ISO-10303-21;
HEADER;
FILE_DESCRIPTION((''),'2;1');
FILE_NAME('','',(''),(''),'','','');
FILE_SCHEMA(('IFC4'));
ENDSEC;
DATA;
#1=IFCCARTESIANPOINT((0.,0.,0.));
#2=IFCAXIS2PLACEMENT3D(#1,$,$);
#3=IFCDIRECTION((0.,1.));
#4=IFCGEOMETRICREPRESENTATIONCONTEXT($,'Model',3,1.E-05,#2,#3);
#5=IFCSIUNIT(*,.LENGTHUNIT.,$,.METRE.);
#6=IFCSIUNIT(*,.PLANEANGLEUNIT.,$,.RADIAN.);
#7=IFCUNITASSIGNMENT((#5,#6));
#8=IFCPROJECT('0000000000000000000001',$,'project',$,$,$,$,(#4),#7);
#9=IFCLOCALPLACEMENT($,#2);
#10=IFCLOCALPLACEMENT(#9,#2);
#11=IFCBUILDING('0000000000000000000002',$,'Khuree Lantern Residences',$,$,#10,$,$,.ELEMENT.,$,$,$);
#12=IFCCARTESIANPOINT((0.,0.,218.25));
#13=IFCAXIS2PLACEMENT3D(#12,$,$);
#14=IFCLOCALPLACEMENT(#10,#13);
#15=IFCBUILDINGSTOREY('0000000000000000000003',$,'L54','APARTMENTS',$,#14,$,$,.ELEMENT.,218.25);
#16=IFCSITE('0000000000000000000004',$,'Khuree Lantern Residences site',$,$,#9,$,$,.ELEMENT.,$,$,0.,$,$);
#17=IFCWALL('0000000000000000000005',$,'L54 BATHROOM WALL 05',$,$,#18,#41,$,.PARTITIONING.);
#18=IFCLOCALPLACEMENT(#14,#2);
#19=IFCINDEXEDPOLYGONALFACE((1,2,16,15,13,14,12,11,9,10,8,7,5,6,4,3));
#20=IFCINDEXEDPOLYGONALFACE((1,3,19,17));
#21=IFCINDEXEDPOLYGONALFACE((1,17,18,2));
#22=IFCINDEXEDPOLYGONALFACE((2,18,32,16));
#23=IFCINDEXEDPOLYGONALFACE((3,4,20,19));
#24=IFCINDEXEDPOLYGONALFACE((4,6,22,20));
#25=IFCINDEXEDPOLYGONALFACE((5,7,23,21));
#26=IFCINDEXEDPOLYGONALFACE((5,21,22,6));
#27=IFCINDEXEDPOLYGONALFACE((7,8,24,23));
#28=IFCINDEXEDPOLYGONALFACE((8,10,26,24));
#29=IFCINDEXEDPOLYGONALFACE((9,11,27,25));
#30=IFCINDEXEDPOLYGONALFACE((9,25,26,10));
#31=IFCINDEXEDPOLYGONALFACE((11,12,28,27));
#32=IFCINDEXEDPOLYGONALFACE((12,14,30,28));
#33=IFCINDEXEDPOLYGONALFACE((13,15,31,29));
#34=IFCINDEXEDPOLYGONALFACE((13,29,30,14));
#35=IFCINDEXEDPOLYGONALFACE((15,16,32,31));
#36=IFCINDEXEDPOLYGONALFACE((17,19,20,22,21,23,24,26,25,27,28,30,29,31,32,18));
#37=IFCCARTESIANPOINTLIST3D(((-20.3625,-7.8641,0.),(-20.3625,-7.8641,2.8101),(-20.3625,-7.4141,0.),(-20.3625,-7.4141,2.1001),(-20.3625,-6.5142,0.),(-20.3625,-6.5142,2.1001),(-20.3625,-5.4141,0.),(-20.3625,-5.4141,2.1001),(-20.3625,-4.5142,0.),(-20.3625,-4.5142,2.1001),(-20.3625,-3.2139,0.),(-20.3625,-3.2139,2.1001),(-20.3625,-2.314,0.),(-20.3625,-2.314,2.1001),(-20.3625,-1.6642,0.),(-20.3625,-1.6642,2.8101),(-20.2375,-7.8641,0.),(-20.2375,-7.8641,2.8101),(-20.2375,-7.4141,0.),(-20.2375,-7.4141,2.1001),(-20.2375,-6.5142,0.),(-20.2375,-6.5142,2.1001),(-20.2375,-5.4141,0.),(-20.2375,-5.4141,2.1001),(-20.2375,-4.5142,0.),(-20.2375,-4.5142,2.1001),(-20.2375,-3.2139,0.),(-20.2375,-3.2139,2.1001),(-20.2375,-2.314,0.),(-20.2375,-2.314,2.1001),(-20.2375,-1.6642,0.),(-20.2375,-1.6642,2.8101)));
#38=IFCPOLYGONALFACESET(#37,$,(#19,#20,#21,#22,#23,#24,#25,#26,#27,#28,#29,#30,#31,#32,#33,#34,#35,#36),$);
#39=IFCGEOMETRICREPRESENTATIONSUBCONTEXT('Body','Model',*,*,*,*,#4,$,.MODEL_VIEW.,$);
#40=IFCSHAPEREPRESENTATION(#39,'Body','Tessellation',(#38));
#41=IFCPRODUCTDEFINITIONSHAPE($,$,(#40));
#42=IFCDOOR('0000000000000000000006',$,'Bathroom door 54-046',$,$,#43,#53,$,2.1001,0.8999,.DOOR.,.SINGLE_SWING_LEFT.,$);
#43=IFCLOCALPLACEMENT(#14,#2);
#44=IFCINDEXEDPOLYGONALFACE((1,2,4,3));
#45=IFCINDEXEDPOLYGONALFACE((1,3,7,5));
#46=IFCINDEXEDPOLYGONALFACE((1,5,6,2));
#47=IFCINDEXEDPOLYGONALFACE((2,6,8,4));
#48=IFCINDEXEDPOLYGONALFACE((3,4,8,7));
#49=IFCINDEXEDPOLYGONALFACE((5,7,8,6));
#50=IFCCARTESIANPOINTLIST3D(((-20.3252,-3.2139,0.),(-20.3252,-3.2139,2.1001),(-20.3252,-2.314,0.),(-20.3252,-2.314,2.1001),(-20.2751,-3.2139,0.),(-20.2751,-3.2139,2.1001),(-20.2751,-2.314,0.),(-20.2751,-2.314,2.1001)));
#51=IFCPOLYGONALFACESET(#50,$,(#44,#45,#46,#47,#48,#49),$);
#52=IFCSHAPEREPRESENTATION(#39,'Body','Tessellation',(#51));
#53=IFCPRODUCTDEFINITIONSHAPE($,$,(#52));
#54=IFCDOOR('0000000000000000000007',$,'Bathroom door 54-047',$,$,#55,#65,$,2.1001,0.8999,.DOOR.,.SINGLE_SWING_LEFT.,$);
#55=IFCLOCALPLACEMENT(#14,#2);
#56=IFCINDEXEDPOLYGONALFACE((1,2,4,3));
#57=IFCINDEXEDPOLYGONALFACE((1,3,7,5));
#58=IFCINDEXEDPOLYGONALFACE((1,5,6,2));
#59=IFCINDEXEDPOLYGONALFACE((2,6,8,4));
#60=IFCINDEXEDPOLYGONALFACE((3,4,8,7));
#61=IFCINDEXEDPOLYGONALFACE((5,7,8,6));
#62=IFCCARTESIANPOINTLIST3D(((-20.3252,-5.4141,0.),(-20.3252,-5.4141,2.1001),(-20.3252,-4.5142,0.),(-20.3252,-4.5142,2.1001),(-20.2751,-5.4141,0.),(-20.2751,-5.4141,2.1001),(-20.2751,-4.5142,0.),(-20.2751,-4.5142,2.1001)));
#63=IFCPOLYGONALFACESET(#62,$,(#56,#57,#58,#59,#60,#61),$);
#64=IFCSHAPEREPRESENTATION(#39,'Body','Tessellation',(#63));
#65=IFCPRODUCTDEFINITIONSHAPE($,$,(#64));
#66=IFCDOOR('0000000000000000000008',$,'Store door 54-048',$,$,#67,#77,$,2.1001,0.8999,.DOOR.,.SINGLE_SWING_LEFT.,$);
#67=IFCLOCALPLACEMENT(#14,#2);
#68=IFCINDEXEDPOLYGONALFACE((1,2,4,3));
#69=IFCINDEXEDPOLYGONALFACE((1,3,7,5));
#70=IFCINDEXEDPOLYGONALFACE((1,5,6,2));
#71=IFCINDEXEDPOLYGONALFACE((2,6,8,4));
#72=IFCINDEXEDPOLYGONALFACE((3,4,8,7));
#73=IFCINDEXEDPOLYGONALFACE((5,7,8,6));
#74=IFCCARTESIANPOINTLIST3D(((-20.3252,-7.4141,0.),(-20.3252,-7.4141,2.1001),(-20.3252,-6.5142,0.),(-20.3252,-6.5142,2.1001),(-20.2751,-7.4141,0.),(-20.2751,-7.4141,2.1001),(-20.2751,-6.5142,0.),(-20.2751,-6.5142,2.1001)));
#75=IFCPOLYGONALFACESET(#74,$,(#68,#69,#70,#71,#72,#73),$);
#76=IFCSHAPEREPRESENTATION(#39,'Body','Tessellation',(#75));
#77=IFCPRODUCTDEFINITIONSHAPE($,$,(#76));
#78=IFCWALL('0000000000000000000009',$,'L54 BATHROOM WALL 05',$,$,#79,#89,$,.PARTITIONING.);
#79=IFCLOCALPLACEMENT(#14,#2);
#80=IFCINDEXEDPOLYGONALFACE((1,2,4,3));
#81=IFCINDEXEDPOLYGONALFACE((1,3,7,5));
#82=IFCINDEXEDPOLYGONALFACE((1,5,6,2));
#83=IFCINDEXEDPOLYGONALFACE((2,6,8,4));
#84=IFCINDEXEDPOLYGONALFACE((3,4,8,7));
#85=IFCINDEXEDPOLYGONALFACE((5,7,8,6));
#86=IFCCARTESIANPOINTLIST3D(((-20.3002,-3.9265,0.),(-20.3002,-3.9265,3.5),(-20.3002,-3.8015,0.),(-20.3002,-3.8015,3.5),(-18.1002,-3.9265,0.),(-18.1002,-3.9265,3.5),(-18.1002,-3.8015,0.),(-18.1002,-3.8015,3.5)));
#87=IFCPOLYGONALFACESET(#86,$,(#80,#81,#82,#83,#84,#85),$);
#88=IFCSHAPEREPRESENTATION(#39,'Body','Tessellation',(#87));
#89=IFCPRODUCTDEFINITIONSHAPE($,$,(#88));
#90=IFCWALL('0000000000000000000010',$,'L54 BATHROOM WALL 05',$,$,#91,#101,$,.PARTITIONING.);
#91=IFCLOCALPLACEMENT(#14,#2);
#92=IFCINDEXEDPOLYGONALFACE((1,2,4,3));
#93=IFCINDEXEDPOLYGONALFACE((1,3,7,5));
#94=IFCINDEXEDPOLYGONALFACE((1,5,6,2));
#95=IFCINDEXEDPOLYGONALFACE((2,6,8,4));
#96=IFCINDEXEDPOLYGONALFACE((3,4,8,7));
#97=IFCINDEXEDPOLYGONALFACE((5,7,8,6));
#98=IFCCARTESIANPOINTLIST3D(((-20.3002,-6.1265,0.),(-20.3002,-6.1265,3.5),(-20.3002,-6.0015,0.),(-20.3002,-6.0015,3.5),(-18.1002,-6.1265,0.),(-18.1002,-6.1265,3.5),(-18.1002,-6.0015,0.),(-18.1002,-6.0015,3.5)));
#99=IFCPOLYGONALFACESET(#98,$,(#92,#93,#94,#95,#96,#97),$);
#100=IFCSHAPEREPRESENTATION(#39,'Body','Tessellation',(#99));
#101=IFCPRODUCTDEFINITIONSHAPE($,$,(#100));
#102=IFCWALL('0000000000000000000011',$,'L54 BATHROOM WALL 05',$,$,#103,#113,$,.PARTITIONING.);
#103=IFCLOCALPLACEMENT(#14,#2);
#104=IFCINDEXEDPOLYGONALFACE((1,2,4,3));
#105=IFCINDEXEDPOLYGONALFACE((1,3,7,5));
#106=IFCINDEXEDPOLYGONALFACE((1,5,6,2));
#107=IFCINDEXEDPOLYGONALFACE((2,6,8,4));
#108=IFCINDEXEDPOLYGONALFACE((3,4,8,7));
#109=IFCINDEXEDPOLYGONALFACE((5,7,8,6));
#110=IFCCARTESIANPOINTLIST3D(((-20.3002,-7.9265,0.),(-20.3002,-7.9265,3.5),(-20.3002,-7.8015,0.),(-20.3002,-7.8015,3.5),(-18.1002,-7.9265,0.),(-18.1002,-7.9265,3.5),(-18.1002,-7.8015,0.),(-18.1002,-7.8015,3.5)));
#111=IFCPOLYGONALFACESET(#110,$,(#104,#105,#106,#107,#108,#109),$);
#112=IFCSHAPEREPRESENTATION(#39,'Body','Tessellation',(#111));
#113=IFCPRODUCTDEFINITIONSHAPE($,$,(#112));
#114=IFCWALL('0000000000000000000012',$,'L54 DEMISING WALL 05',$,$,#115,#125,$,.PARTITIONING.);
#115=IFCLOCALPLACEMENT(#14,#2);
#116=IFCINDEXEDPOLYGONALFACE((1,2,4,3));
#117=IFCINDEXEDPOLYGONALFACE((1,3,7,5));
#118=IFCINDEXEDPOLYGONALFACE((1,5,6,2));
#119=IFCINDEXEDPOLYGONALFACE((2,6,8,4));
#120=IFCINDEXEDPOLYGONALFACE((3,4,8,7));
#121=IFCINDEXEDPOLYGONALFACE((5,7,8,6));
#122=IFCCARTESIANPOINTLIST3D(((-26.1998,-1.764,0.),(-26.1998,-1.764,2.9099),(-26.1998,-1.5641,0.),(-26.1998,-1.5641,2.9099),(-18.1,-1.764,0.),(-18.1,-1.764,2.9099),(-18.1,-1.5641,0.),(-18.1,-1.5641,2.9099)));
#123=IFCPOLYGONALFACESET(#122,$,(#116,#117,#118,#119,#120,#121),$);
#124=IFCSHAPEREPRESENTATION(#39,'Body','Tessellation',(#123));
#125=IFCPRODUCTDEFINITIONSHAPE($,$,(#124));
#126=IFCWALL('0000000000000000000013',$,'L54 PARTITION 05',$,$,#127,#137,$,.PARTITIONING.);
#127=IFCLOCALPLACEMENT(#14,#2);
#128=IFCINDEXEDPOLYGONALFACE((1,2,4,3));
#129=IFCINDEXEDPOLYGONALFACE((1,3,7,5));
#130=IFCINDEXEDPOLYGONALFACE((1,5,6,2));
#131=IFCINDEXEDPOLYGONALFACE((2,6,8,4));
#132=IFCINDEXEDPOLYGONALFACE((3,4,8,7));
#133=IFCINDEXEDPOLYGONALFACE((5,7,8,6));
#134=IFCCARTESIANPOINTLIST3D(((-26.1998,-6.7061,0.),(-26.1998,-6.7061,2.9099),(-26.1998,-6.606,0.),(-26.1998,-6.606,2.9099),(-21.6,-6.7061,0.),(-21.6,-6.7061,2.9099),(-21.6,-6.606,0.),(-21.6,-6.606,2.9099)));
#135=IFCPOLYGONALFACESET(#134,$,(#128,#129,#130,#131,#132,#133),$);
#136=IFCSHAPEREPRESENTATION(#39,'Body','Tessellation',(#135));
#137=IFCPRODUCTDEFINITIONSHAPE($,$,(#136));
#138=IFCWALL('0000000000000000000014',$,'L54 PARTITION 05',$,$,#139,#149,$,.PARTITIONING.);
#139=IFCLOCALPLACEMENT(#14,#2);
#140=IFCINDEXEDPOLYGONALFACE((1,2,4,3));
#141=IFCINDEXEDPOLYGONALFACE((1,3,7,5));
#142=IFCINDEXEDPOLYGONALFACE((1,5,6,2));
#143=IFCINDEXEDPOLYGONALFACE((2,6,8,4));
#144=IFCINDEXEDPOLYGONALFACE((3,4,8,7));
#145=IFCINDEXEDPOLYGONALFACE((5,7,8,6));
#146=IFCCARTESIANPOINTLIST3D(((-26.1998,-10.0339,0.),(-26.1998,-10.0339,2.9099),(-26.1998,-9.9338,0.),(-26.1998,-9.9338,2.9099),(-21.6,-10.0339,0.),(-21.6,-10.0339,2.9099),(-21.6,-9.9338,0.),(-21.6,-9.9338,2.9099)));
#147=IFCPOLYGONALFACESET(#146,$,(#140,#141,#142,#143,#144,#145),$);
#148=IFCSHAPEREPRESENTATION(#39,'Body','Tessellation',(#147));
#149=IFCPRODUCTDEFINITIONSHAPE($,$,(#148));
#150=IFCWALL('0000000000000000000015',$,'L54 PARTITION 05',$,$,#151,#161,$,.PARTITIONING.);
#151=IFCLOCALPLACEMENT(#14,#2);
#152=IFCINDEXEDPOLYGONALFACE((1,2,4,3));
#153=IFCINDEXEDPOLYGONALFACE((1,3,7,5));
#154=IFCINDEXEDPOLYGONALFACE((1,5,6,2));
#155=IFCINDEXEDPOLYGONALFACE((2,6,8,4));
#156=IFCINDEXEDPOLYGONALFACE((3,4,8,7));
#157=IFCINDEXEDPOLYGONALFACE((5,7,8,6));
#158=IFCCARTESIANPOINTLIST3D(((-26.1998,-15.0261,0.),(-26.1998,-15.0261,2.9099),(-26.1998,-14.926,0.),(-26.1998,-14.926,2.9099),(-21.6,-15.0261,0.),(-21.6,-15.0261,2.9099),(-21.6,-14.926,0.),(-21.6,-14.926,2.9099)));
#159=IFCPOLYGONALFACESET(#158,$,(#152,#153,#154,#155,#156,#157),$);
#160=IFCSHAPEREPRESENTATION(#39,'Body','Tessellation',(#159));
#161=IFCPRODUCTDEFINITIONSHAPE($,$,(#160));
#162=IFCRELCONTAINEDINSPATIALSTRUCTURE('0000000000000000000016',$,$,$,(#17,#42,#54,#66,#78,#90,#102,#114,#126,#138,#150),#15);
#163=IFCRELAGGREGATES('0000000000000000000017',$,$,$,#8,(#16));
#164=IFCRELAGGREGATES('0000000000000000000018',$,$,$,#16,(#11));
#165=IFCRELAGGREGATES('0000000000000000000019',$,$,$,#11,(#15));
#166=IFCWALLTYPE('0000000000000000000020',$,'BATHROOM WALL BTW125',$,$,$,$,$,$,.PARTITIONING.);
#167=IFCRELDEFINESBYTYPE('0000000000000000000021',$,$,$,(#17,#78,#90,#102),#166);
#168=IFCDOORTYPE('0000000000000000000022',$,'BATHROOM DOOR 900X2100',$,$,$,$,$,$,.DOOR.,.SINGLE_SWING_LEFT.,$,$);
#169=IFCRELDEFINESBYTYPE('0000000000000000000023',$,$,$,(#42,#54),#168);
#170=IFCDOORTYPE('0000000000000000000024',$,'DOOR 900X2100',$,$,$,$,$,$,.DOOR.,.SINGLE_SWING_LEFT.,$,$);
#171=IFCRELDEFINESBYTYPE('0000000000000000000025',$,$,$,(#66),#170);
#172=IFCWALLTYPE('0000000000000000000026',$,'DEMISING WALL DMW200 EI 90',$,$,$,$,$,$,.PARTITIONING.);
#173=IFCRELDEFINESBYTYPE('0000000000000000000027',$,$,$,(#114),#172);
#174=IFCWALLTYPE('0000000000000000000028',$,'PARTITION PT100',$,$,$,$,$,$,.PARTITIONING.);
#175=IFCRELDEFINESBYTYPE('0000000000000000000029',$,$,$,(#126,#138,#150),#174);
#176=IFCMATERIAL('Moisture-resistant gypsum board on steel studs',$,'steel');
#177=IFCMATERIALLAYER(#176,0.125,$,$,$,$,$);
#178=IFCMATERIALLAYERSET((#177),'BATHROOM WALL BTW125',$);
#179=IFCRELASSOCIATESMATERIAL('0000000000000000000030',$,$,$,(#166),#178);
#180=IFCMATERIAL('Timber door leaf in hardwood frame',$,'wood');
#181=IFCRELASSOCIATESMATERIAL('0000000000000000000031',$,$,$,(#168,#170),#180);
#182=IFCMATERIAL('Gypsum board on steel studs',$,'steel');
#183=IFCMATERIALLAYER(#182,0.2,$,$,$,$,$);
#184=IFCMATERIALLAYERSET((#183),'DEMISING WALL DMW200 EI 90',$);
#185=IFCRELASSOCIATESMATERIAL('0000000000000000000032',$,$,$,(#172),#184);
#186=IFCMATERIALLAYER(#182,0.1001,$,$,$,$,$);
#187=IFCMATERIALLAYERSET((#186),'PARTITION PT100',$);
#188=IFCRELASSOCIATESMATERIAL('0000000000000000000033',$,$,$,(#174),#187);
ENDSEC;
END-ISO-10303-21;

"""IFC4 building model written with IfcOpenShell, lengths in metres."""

from ifc_helpers import new_model, si_unit, direction, frame, frame_2d, origin, place, context, subcontext, project, spatial, rectangle, extrude, material, layer, layer_set, type_object, element, fill, save


model = new_model("IFC4")

# Units and contexts
model_context = context("Model", 3, precision=1e-05, world=origin(), true_north=direction((0.0, 1.0)))
body_context = subcontext(model_context, "Body", "Model", "MODEL_VIEW")
ifc_project = project(units=[si_unit("LENGTHUNIT", "METRE"), si_unit("PLANEANGLEUNIT", "RADIAN")], contexts=[model_context])

# Site, building, storey
site_placement = place(None, origin())
site = spatial("IfcSite", under=ifc_project, at=site_placement, Name="Khuree Lantern Residences site", CompositionType="ELEMENT", RefElevation=0.0)
building_placement = place(site_placement, origin())
building = spatial("IfcBuilding", under=site, at=building_placement, Name="Khuree Lantern Residences", CompositionType="ELEMENT")
storey_placement = place(building_placement, frame((0.0, 0.0, 218.25)))
storey = spatial("IfcBuildingStorey", under=building, at=storey_placement, Name="L54", Description="APARTMENTS", CompositionType="ELEMENT", Elevation=218.25)

# Wall, openings, doors
ifc_material_1 = material(Name="Moisture-resistant gypsum board on steel studs", Category="steel")
ifc_layer_1 = layer(ifc_material_1, 0.125)
ifc_layer_set_1 = layer_set([ifc_layer_1], Name="BATHROOM WALL BTW125")
wall_type_1 = type_object("IfcWallType", Name="BATHROOM WALL BTW125", PredefinedType="PARTITIONING", material=ifc_layer_set_1)
wall_1_placement = place(storey_placement, frame((-20.3, -1.6641, 0.0), z_axis=(0.0, 0.0, 1.0), x_axis=(0.0, -1.0, 0.0)))
wall_1 = element("IfcWall", 1, at=wall_1_placement, inside=storey, type_object=wall_type_1, Name="L54 BATHROOM WALL 05", PredefinedType="PARTITIONING", context=body_context, shape_type="SweptSolid", body=[
    extrude(rectangle(XDim=6.2, YDim=0.125, at=frame_2d((3.1001, 0.0))), origin(), (0.0, 0.0, 1.0), 2.8101),
])
opening_1_placement = place(wall_1_placement, frame((0.6499, 0.0, 0.0)))
opening_1 = element("IfcOpeningElement", 2, at=opening_1_placement, cuts=wall_1, PredefinedType="OPENING", context=body_context, shape_type="SweptSolid", body=[
    extrude(rectangle(XDim=0.8999, YDim=2.1001, at=frame_2d((0.45, 1.05))), frame((0.0, 0.0725, 0.0), z_axis=(0.0, -1.0, 0.0), x_axis=(1.0, 0.0, 0.0)), (0.0, 0.0, 1.0), 0.145),
])
opening_2_placement = place(wall_1_placement, frame((2.8501, 0.0, 0.0)))
opening_2 = element("IfcOpeningElement", 3, at=opening_2_placement, cuts=wall_1, PredefinedType="OPENING", context=body_context, shape_type="SweptSolid", body=[
    extrude(rectangle(XDim=0.8999, YDim=2.1001, at=frame_2d((0.45, 1.05))), frame((0.0, 0.0725, 0.0), z_axis=(0.0, -1.0, 0.0), x_axis=(1.0, 0.0, 0.0)), (0.0, 0.0, 1.0), 0.145),
])
opening_3_placement = place(wall_1_placement, frame((4.8501, 0.0, 0.0)))
opening_3 = element("IfcOpeningElement", 4, at=opening_3_placement, cuts=wall_1, PredefinedType="OPENING", context=body_context, shape_type="SweptSolid", body=[
    extrude(rectangle(XDim=0.8999, YDim=2.1001, at=frame_2d((0.45, 1.05))), frame((0.0, 0.0725, 0.0), z_axis=(0.0, -1.0, 0.0), x_axis=(1.0, 0.0, 0.0)), (0.0, 0.0, 1.0), 0.145),
])
ifc_material_2 = material(Name="Timber door leaf in hardwood frame", Category="wood")
door_type_1 = type_object("IfcDoorType", Name="BATHROOM DOOR 900X2100", OperationType="SINGLE_SWING_LEFT", PredefinedType="DOOR", material=ifc_material_2)
door_1_placement = place(opening_1_placement, origin())
door_1 = element("IfcDoor", 5, at=door_1_placement, inside=storey, type_object=door_type_1, Name="Bathroom door 54-046", OperationType="SINGLE_SWING_LEFT", OverallHeight=2.1001, OverallWidth=0.8999, PredefinedType="DOOR", context=body_context, shape_type="SweptSolid", body=[
    extrude(rectangle(XDim=0.8999, YDim=2.1001, at=frame_2d((0.45, 1.05))), frame((0.0, 0.0249, 0.0), z_axis=(0.0, -1.0, 0.0), x_axis=(1.0, 0.0, 0.0)), (0.0, 0.0, 1.0), 0.05),
])
fill(opening_1, door_1)
door_2_placement = place(opening_2_placement, origin())
door_2 = element("IfcDoor", 6, at=door_2_placement, inside=storey, type_object=door_type_1, Name="Bathroom door 54-047", OperationType="SINGLE_SWING_LEFT", OverallHeight=2.1001, OverallWidth=0.8999, PredefinedType="DOOR", context=body_context, shape_type="SweptSolid", body=[
    extrude(rectangle(XDim=0.8999, YDim=2.1001, at=frame_2d((0.45, 1.05))), frame((0.0, 0.0249, 0.0), z_axis=(0.0, -1.0, 0.0), x_axis=(1.0, 0.0, 0.0)), (0.0, 0.0, 1.0), 0.05),
])
fill(opening_2, door_2)
door_type_2 = type_object("IfcDoorType", Name="DOOR 900X2100", OperationType="SINGLE_SWING_LEFT", PredefinedType="DOOR", material=ifc_material_2)
door_3_placement = place(opening_3_placement, origin())
door_3 = element("IfcDoor", 7, at=door_3_placement, inside=storey, type_object=door_type_2, Name="Store door 54-048", OperationType="SINGLE_SWING_LEFT", OverallHeight=2.1001, OverallWidth=0.8999, PredefinedType="DOOR", context=body_context, shape_type="SweptSolid", body=[
    extrude(rectangle(XDim=0.8999, YDim=2.1001, at=frame_2d((0.45, 1.05))), frame((0.0, 0.0249, 0.0), z_axis=(0.0, -1.0, 0.0), x_axis=(1.0, 0.0, 0.0)), (0.0, 0.0, 1.0), 0.05),
])
fill(opening_3, door_3)

# Walls
for number, where, z_axis, x_axis, name in (
    (8, (-18.1001, -3.864, 0.0), (0.0, 0.0, 1.0), (-1.0, 0.0, 0.0), "L54 BATHROOM WALL 05"),
    (9, (-18.1001, -6.064, 0.0), (0.0, 0.0, 1.0), (-1.0, 0.0, 0.0), "L54 BATHROOM WALL 05"),
    (10, (-18.1001, -7.864, 0.0), (0.0, 0.0, 1.0), (-1.0, 0.0, 0.0), "L54 BATHROOM WALL 05"),
):
    element("IfcWall", number, at=place(storey_placement, frame(where, z_axis=z_axis, x_axis=x_axis)), inside=storey, type_object=wall_type_1, Name=name, PredefinedType="PARTITIONING", context=body_context, shape_type="SweptSolid", body=[
        extrude(rectangle(XDim=2.2, YDim=0.125, at=frame_2d((1.1001, 0.0))), origin(), (0.0, 0.0, 1.0), 3.5),
    ])
ifc_material_3 = material(Name="Gypsum board on steel studs", Category="steel")
ifc_layer_2 = layer(ifc_material_3, 0.2)
ifc_layer_set_2 = layer_set([ifc_layer_2], Name="DEMISING WALL DMW200 EI 90")
wall_type_2 = type_object("IfcWallType", Name="DEMISING WALL DMW200 EI 90", PredefinedType="PARTITIONING", material=ifc_layer_set_2)
wall_2_placement = place(storey_placement, frame((-18.1001, -1.6641, 0.0), z_axis=(0.0, 0.0, 1.0), x_axis=(-1.0, 0.0, 0.0)))
element("IfcWall", 11, at=wall_2_placement, inside=storey, type_object=wall_type_2, Name="L54 DEMISING WALL 05", PredefinedType="PARTITIONING", context=body_context, shape_type="SweptSolid", body=[
    extrude(rectangle(XDim=8.0999, YDim=0.2, at=frame_2d((4.0498, 0.0))), origin(), (0.0, 0.0, 1.0), 2.9099),
])
ifc_layer_3 = layer(ifc_material_3, 0.1001)
ifc_layer_set_3 = layer_set([ifc_layer_3], Name="PARTITION PT100")
wall_type_3 = type_object("IfcWallType", Name="PARTITION PT100", PredefinedType="PARTITIONING", material=ifc_layer_set_3)
for number, where, z_axis, x_axis, name in (
    (12, (-21.6001, -6.656, 0.0), (0.0, 0.0, 1.0), (-1.0, 0.0, 0.0), "L54 PARTITION 05"),
    (13, (-21.6001, -9.9839, 0.0), (0.0, 0.0, 1.0), (-1.0, 0.0, 0.0), "L54 PARTITION 05"),
    (14, (-21.6001, -14.9761, 0.0), (0.0, 0.0, 1.0), (-1.0, 0.0, 0.0), "L54 PARTITION 05"),
):
    element("IfcWall", number, at=place(storey_placement, frame(where, z_axis=z_axis, x_axis=x_axis)), inside=storey, type_object=wall_type_3, Name=name, PredefinedType="PARTITIONING", context=body_context, shape_type="SweptSolid", body=[
        extrude(rectangle(XDim=4.5999, YDim=0.1001, at=frame_2d((2.2998, 0.0))), origin(), (0.0, 0.0, 1.0), 2.9099),
    ])

save(model, "model.ifc")
